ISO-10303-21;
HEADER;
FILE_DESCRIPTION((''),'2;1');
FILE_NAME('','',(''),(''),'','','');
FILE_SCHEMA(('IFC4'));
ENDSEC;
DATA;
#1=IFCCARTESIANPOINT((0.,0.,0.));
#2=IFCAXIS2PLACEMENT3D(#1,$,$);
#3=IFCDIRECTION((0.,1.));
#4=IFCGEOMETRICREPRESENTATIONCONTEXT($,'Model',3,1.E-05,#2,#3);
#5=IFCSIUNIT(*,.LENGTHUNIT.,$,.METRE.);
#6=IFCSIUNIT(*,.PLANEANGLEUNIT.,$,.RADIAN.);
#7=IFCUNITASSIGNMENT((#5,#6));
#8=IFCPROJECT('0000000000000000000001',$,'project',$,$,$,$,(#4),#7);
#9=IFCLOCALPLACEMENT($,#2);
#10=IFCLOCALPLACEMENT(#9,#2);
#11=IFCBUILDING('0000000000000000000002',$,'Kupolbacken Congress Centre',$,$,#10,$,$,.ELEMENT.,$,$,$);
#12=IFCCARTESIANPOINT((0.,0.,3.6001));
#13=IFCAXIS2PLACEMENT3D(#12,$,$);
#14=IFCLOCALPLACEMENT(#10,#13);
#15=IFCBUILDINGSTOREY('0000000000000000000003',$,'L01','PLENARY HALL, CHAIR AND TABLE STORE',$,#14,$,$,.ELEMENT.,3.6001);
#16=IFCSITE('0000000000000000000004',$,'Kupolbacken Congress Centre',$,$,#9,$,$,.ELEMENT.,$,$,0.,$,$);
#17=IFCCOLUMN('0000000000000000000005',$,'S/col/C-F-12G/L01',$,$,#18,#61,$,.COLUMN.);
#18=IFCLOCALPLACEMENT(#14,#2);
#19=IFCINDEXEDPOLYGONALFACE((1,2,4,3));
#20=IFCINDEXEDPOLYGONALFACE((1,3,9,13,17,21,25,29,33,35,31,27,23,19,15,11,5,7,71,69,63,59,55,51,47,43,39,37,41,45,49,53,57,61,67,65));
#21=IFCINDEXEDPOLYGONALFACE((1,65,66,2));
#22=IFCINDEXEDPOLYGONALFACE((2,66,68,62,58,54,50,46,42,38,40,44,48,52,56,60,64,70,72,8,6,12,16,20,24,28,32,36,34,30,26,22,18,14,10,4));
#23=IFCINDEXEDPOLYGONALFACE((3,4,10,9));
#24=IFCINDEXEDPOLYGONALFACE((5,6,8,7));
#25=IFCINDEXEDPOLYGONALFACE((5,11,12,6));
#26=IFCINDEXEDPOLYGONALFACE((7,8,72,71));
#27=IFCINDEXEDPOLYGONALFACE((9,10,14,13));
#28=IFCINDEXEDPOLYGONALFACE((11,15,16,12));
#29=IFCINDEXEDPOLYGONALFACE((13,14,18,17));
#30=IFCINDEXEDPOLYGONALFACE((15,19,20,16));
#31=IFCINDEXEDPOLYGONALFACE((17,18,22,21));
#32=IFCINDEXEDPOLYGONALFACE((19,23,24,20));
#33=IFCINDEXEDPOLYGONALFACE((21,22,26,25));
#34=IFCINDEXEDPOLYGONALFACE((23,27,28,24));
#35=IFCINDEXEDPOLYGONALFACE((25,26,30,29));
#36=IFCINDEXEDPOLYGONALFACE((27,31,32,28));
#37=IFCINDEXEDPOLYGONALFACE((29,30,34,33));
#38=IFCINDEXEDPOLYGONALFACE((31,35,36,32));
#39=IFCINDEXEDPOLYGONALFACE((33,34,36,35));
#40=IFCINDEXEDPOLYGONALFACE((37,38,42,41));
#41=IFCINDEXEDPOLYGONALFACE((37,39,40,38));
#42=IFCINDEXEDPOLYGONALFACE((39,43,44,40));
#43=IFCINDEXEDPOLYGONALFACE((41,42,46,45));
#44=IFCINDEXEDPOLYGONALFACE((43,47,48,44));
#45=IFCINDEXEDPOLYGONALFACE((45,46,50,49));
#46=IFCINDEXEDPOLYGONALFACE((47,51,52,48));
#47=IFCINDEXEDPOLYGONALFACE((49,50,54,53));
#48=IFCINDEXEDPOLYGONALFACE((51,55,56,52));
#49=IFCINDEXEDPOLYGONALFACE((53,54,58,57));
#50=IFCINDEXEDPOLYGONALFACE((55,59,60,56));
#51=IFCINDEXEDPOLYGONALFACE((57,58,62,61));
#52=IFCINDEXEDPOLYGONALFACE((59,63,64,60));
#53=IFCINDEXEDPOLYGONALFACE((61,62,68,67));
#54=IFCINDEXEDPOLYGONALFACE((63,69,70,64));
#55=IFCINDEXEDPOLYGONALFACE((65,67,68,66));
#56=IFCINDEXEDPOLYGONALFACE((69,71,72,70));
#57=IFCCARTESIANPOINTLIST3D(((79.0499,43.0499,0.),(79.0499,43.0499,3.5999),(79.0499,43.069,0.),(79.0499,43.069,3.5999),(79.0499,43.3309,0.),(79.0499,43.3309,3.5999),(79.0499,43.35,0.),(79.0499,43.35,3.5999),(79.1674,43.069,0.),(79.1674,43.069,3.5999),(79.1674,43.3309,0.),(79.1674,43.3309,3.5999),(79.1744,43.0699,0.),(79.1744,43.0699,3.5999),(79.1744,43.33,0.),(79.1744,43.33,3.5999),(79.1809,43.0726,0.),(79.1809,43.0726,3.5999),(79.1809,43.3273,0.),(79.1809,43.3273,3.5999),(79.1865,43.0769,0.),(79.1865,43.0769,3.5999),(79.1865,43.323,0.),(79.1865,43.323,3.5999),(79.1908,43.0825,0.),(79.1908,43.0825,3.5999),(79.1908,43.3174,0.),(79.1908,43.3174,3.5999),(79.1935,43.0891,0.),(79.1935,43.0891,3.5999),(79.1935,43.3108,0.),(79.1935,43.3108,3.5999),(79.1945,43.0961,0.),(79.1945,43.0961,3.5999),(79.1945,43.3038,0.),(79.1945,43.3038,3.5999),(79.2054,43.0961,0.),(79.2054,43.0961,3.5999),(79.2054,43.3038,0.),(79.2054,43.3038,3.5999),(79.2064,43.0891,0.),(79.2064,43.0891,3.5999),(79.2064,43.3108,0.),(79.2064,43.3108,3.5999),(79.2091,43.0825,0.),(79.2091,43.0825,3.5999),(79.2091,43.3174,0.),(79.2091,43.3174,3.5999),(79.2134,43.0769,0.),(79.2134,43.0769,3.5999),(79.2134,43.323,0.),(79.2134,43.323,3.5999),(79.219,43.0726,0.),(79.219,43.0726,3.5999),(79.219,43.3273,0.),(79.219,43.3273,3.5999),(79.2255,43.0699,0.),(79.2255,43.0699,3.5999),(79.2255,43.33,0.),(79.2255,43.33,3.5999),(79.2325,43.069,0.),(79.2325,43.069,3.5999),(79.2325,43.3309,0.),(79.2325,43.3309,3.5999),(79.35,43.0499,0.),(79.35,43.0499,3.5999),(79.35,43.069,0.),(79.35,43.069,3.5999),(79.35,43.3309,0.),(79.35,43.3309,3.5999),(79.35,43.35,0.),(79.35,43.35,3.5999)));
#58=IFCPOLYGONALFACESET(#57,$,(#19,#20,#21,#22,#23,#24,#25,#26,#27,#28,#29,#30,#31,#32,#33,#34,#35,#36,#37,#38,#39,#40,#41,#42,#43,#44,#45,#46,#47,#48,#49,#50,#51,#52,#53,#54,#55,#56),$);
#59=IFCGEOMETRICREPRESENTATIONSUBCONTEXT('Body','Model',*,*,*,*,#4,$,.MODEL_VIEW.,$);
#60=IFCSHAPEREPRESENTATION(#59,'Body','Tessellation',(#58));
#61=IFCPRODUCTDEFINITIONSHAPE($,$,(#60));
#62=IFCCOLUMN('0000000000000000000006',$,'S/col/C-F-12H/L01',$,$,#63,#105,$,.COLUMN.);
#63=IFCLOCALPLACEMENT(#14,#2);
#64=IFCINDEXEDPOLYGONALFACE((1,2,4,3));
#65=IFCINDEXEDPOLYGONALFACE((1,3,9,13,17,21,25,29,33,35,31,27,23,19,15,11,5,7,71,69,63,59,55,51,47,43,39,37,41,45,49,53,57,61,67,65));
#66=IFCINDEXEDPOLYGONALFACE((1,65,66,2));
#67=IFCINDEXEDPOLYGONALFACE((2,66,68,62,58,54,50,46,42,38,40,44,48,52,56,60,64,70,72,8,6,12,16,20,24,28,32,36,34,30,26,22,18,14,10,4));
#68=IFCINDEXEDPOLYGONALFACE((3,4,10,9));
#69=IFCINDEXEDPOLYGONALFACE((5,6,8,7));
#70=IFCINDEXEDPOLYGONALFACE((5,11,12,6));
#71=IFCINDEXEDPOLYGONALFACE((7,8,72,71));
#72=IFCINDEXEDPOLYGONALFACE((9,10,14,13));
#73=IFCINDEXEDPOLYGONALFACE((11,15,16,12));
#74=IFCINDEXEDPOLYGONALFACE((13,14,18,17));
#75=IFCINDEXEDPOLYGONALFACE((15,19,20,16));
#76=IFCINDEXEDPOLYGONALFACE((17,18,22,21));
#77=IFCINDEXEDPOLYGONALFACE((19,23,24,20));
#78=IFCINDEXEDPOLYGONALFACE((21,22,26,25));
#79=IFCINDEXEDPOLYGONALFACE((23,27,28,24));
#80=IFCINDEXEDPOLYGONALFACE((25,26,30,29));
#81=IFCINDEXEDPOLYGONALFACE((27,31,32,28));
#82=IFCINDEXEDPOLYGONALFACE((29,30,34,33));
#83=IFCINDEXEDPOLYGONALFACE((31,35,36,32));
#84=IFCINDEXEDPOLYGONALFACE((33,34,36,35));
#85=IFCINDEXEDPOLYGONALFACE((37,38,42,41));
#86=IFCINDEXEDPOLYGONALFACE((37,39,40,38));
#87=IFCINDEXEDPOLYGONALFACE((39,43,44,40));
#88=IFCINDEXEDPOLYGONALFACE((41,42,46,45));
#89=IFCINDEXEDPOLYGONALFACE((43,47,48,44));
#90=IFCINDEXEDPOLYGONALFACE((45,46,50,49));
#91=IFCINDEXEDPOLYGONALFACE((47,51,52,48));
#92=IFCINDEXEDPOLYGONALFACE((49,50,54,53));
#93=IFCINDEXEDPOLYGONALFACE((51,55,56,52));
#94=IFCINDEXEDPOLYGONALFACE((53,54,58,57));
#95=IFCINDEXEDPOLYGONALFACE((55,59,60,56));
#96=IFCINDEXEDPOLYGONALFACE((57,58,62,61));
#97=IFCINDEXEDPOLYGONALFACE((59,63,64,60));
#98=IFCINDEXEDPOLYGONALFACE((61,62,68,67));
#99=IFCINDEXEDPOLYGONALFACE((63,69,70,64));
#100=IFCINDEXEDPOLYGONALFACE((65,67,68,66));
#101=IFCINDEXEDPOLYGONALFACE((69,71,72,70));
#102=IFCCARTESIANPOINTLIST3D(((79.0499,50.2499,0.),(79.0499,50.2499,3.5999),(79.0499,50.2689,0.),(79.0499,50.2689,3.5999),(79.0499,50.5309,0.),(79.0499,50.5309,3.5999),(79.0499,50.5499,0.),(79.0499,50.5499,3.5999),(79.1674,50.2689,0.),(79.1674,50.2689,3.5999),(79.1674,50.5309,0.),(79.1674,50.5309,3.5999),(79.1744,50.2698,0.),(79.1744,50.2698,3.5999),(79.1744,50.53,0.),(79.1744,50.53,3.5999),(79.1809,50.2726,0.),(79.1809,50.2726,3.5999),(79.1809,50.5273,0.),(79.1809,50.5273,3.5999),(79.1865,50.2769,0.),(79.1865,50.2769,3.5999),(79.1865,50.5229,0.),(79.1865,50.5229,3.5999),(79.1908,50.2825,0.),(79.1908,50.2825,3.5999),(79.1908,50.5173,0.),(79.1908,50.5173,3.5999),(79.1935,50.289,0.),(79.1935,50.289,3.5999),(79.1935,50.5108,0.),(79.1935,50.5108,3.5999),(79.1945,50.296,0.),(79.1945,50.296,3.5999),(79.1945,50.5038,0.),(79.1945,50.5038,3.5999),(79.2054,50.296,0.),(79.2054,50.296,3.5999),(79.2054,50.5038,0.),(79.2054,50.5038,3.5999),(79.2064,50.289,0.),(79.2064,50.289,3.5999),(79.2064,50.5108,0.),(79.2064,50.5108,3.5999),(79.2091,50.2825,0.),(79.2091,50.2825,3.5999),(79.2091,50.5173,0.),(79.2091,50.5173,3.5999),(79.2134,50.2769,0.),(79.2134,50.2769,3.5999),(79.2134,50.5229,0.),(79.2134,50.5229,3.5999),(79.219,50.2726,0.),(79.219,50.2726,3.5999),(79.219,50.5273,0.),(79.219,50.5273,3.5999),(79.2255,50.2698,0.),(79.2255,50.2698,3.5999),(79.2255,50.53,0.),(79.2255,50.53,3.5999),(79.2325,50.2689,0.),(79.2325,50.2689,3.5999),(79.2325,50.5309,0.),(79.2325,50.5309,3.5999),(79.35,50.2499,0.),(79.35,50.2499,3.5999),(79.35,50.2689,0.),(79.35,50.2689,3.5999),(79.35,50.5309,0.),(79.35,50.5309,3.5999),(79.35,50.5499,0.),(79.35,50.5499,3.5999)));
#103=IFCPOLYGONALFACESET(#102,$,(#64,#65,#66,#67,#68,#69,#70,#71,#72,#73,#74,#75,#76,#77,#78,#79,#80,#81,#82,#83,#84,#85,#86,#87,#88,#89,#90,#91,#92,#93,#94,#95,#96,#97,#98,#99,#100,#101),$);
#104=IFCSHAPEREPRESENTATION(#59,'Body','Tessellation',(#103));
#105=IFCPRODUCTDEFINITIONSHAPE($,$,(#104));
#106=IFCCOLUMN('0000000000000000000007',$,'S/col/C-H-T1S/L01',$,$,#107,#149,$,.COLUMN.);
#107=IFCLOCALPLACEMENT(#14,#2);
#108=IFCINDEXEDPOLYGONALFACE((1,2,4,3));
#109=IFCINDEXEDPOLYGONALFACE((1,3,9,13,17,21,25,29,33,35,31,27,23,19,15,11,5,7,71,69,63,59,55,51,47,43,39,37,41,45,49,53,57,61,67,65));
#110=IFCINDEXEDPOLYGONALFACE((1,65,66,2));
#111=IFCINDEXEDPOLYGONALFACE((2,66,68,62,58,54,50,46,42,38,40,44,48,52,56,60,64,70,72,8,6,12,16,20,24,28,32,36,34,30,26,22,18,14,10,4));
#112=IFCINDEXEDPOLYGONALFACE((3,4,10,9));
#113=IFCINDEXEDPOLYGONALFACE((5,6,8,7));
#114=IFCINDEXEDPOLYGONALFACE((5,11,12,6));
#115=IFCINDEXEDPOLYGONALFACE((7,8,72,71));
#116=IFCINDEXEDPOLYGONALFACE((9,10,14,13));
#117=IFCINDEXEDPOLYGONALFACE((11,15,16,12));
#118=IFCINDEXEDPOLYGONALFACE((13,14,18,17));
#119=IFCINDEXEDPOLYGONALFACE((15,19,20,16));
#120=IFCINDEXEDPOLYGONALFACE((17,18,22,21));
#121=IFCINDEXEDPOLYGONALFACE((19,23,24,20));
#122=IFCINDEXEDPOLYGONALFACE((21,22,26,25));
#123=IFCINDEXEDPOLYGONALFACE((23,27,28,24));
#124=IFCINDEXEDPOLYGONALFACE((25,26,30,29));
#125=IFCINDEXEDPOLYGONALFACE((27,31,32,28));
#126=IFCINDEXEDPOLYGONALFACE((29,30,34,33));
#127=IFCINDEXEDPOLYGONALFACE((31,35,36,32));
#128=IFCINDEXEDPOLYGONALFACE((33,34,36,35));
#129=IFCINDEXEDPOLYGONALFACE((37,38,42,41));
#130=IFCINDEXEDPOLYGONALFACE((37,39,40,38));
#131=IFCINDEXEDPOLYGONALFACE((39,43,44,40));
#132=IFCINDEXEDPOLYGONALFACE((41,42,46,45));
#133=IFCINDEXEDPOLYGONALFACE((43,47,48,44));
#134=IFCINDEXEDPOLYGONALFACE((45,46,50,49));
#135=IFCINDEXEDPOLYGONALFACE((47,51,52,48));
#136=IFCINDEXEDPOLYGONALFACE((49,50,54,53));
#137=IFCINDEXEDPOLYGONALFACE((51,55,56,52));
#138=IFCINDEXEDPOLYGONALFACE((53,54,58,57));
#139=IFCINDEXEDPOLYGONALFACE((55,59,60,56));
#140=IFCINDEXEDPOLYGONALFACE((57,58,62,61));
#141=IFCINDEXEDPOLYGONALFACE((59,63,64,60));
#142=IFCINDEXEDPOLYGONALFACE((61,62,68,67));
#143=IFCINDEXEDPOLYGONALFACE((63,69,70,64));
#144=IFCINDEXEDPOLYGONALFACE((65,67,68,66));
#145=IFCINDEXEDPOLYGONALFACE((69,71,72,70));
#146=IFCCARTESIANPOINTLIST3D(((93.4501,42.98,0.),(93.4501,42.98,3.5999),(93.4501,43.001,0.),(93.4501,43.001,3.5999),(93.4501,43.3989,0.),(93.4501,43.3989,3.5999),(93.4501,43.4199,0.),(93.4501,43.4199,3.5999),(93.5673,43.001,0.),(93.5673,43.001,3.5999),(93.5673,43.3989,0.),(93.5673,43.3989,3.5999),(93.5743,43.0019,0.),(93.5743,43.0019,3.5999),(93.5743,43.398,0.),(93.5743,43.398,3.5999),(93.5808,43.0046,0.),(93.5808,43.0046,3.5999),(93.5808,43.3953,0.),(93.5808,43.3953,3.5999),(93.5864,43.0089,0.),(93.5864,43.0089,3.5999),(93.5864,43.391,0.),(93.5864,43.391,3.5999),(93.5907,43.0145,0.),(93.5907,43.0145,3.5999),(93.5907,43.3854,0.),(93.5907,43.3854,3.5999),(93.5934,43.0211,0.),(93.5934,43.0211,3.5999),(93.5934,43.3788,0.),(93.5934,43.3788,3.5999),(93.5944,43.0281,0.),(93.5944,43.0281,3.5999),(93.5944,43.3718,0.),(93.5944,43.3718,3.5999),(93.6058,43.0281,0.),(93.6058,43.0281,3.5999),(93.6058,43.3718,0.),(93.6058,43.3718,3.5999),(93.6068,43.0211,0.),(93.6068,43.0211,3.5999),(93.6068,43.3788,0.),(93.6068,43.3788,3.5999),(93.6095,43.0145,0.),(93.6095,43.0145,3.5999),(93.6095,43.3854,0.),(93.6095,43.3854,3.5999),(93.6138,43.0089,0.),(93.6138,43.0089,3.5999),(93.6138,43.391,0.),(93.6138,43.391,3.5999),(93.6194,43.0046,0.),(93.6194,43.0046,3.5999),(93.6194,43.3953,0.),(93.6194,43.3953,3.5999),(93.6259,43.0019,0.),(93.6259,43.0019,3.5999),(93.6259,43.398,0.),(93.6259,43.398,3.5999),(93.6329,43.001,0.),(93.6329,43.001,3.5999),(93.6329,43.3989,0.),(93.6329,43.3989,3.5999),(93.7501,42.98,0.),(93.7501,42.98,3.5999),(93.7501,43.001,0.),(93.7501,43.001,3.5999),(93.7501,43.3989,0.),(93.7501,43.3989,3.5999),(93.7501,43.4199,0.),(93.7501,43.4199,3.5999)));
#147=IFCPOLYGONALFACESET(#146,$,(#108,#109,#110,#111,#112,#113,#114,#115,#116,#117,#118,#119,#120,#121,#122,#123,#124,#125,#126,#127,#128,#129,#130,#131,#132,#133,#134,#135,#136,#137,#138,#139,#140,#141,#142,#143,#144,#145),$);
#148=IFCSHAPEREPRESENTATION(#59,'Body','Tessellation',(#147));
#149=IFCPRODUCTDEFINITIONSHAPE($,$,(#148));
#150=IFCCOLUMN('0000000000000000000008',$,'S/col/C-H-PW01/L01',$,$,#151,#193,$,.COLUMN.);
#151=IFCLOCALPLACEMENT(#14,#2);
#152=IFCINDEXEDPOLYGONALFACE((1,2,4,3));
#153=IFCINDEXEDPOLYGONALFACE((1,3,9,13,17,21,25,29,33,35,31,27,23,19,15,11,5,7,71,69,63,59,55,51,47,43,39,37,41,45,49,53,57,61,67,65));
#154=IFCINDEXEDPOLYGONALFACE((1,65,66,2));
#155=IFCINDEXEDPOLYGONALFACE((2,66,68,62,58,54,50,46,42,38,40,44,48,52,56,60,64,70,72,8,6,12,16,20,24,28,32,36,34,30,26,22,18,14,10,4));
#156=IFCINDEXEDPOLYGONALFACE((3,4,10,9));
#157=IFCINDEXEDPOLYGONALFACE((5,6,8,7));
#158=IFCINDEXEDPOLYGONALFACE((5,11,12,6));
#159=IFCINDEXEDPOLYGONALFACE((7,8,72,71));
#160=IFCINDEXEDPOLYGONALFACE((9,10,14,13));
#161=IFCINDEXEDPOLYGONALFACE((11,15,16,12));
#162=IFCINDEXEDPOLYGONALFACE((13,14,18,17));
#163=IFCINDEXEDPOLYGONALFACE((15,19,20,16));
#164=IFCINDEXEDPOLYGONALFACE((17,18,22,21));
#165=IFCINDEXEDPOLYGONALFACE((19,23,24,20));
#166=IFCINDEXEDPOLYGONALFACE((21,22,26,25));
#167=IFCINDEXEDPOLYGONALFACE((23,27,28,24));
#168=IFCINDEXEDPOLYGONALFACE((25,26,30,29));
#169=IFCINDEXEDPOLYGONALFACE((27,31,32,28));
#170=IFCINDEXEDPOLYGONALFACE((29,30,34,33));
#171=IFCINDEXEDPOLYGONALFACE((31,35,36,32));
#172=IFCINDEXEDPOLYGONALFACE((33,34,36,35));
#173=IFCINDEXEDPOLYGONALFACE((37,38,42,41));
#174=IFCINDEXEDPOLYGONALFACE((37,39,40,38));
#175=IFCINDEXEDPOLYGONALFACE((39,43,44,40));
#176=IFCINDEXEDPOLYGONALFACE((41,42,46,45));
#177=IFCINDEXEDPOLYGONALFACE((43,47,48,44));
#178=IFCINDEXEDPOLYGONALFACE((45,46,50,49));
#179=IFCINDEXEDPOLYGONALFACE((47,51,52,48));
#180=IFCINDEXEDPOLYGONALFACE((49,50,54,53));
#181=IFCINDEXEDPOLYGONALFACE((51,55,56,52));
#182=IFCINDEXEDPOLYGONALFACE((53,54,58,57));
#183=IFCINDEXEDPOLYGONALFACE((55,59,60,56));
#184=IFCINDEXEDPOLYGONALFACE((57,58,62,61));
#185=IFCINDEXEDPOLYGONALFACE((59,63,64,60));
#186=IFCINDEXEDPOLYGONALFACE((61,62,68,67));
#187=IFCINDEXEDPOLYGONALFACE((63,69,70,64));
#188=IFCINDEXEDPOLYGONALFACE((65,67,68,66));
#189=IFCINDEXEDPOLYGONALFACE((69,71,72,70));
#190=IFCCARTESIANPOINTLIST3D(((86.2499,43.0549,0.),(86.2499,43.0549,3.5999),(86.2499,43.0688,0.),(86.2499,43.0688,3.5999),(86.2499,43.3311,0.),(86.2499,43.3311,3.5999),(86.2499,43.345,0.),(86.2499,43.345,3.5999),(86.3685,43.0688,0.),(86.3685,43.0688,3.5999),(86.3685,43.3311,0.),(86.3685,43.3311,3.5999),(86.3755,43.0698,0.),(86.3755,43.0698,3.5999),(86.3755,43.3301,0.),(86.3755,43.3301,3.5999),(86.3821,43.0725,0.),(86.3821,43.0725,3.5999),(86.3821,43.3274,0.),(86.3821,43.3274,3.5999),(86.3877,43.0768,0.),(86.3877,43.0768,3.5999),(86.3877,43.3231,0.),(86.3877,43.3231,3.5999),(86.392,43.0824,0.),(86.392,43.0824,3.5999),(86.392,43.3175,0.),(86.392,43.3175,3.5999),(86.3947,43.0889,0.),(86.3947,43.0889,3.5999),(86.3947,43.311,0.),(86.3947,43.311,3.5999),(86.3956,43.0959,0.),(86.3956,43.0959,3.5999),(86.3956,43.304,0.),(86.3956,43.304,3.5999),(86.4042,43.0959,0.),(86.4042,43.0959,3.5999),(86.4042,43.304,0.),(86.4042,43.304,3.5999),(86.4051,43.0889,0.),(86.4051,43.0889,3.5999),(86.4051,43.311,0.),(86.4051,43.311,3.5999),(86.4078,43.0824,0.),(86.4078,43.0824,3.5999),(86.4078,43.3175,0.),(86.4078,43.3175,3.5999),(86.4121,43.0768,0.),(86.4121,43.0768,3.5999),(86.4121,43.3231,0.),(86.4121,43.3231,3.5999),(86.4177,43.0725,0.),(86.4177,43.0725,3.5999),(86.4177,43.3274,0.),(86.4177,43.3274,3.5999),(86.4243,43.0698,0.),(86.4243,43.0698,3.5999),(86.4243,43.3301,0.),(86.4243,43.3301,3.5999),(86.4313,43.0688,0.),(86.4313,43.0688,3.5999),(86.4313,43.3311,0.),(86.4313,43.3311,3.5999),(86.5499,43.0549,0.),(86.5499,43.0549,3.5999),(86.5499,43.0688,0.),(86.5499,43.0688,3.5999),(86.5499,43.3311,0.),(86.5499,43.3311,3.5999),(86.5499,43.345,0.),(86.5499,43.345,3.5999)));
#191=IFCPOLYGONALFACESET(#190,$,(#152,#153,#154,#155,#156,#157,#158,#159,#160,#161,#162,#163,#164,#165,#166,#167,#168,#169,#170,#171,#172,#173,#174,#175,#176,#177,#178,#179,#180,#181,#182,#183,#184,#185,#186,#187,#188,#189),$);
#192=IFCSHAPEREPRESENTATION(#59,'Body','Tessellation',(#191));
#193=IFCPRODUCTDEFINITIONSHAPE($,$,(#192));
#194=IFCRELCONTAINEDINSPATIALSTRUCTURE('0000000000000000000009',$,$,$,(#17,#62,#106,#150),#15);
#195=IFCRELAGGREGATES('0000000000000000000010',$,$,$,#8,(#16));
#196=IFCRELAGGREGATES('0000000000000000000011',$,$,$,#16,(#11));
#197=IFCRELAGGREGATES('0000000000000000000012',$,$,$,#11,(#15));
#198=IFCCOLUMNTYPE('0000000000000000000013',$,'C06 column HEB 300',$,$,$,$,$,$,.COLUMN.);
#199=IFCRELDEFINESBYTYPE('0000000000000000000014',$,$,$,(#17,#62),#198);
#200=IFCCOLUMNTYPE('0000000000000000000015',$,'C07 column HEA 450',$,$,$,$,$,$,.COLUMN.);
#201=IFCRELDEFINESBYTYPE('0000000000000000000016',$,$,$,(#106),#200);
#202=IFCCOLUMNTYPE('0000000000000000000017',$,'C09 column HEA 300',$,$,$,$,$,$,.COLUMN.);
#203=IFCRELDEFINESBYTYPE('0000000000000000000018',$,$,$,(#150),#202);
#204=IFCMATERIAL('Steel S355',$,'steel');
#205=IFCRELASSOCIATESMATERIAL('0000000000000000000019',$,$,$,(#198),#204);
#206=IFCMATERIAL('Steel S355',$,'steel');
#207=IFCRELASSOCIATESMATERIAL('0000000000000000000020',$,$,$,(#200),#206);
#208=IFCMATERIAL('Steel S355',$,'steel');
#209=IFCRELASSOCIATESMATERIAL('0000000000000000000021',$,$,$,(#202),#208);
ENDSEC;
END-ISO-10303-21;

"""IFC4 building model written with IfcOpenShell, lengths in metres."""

from ifc_helpers import new_model, si_unit, direction, frame, origin, origin_2d, place, context, subcontext, project, spatial, i_section, extrude, material, material_profile, profile_set, type_object, element, save


model = new_model("IFC4")

# Units and contexts
model_context = context("Model", 3, precision=1e-05, world=origin(), true_north=direction((0.0, 1.0)))
body_context = subcontext(model_context, "Body", "Model", "MODEL_VIEW")
ifc_project = project(units=[si_unit("LENGTHUNIT", "METRE"), si_unit("PLANEANGLEUNIT", "RADIAN")], contexts=[model_context])

# Site, building, storey
site_placement = place(None, origin())
site = spatial("IfcSite", under=ifc_project, at=site_placement, Name="Kupolbacken Congress Centre", CompositionType="ELEMENT", RefElevation=0.0)
building_placement = place(site_placement, origin())
building = spatial("IfcBuilding", under=site, at=building_placement, Name="Kupolbacken Congress Centre", CompositionType="ELEMENT")
storey_placement = place(building_placement, frame((0.0, 0.0, 3.6001)))
storey = spatial("IfcBuildingStorey", under=building, at=storey_placement, Name="L01", Description="PLENARY HALL, CHAIR AND TABLE STORE", CompositionType="ELEMENT", Elevation=3.6001)

# Columns
ifc_material_1 = material(Name="Steel S355", Category="steel")
ifc_material_profile_1 = material_profile(ifc_material_1, i_section(OverallWidth=0.3, OverallDepth=0.3, WebThickness=0.011, FlangeThickness=0.019, FilletRadius=0.0271, at=origin_2d()), Name="HEB 300")
ifc_profile_set_1 = profile_set([ifc_material_profile_1], Name="Steel S355")
column_type_1 = type_object("IfcColumnType", Name="C06 column HEB 300", PredefinedType="COLUMN", material=ifc_profile_set_1)
for number, where, z_axis, x_axis, name in (
    (1, (79.2, 43.2, 0.0), (0.0, 0.0, 1.0), (1.0, 0.0, 0.0), "S/col/C-F-12G/L01"),
    (2, (79.2, 50.3999, 0.0), (0.0, 0.0, 1.0), (1.0, 0.0, 0.0), "S/col/C-F-12H/L01"),
):
    element("IfcColumn", number, at=place(storey_placement, frame(where, z_axis=z_axis, x_axis=x_axis)), inside=storey, type_object=column_type_1, Name=name, PredefinedType="COLUMN", context=body_context, shape_type="SweptSolid", body=[
        extrude(i_section(OverallWidth=0.3, OverallDepth=0.3, WebThickness=0.011, FlangeThickness=0.019, FilletRadius=0.0271, at=origin_2d()), origin(), (0.0, 0.0, 1.0), 3.5999),
    ])
ifc_material_2 = material(Name="Steel S355", Category="steel")
ifc_material_profile_2 = material_profile(ifc_material_2, i_section(OverallWidth=0.3, OverallDepth=0.4399, WebThickness=0.0115, FlangeThickness=0.021, FilletRadius=0.0271, at=origin_2d()), Name="HEA 450")
ifc_profile_set_2 = profile_set([ifc_material_profile_2], Name="Steel S355")
column_type_2 = type_object("IfcColumnType", Name="C07 column HEA 450", PredefinedType="COLUMN", material=ifc_profile_set_2)
column_1_placement = place(storey_placement, frame((93.6001, 43.2, 0.0), z_axis=(0.0, 0.0, 1.0), x_axis=(1.0, 0.0, 0.0)))
element("IfcColumn", 3, at=column_1_placement, inside=storey, type_object=column_type_2, Name="S/col/C-H-T1S/L01", PredefinedType="COLUMN", context=body_context, shape_type="SweptSolid", body=[
    extrude(i_section(OverallWidth=0.3, OverallDepth=0.4399, WebThickness=0.0115, FlangeThickness=0.021, FilletRadius=0.0271, at=origin_2d()), origin(), (0.0, 0.0, 1.0), 3.5999),
])
ifc_material_3 = material(Name="Steel S355", Category="steel")
ifc_material_profile_3 = material_profile(ifc_material_3, i_section(OverallWidth=0.3, OverallDepth=0.29, WebThickness=0.0085, FlangeThickness=0.0139, FilletRadius=0.0271, at=origin_2d()), Name="HEA 300")
ifc_profile_set_3 = profile_set([ifc_material_profile_3], Name="Steel S355")
column_type_3 = type_object("IfcColumnType", Name="C09 column HEA 300", PredefinedType="COLUMN", material=ifc_profile_set_3)
column_2_placement = place(storey_placement, frame((86.3999, 43.2, 0.0), z_axis=(0.0, 0.0, 1.0), x_axis=(1.0, 0.0, 0.0)))
element("IfcColumn", 4, at=column_2_placement, inside=storey, type_object=column_type_3, Name="S/col/C-H-PW01/L01", PredefinedType="COLUMN", context=body_context, shape_type="SweptSolid", body=[
    extrude(i_section(OverallWidth=0.3, OverallDepth=0.29, WebThickness=0.0085, FlangeThickness=0.0139, FilletRadius=0.0271, at=origin_2d()), origin(), (0.0, 0.0, 1.0), 3.5999),
])

save(model, "model.ifc")
